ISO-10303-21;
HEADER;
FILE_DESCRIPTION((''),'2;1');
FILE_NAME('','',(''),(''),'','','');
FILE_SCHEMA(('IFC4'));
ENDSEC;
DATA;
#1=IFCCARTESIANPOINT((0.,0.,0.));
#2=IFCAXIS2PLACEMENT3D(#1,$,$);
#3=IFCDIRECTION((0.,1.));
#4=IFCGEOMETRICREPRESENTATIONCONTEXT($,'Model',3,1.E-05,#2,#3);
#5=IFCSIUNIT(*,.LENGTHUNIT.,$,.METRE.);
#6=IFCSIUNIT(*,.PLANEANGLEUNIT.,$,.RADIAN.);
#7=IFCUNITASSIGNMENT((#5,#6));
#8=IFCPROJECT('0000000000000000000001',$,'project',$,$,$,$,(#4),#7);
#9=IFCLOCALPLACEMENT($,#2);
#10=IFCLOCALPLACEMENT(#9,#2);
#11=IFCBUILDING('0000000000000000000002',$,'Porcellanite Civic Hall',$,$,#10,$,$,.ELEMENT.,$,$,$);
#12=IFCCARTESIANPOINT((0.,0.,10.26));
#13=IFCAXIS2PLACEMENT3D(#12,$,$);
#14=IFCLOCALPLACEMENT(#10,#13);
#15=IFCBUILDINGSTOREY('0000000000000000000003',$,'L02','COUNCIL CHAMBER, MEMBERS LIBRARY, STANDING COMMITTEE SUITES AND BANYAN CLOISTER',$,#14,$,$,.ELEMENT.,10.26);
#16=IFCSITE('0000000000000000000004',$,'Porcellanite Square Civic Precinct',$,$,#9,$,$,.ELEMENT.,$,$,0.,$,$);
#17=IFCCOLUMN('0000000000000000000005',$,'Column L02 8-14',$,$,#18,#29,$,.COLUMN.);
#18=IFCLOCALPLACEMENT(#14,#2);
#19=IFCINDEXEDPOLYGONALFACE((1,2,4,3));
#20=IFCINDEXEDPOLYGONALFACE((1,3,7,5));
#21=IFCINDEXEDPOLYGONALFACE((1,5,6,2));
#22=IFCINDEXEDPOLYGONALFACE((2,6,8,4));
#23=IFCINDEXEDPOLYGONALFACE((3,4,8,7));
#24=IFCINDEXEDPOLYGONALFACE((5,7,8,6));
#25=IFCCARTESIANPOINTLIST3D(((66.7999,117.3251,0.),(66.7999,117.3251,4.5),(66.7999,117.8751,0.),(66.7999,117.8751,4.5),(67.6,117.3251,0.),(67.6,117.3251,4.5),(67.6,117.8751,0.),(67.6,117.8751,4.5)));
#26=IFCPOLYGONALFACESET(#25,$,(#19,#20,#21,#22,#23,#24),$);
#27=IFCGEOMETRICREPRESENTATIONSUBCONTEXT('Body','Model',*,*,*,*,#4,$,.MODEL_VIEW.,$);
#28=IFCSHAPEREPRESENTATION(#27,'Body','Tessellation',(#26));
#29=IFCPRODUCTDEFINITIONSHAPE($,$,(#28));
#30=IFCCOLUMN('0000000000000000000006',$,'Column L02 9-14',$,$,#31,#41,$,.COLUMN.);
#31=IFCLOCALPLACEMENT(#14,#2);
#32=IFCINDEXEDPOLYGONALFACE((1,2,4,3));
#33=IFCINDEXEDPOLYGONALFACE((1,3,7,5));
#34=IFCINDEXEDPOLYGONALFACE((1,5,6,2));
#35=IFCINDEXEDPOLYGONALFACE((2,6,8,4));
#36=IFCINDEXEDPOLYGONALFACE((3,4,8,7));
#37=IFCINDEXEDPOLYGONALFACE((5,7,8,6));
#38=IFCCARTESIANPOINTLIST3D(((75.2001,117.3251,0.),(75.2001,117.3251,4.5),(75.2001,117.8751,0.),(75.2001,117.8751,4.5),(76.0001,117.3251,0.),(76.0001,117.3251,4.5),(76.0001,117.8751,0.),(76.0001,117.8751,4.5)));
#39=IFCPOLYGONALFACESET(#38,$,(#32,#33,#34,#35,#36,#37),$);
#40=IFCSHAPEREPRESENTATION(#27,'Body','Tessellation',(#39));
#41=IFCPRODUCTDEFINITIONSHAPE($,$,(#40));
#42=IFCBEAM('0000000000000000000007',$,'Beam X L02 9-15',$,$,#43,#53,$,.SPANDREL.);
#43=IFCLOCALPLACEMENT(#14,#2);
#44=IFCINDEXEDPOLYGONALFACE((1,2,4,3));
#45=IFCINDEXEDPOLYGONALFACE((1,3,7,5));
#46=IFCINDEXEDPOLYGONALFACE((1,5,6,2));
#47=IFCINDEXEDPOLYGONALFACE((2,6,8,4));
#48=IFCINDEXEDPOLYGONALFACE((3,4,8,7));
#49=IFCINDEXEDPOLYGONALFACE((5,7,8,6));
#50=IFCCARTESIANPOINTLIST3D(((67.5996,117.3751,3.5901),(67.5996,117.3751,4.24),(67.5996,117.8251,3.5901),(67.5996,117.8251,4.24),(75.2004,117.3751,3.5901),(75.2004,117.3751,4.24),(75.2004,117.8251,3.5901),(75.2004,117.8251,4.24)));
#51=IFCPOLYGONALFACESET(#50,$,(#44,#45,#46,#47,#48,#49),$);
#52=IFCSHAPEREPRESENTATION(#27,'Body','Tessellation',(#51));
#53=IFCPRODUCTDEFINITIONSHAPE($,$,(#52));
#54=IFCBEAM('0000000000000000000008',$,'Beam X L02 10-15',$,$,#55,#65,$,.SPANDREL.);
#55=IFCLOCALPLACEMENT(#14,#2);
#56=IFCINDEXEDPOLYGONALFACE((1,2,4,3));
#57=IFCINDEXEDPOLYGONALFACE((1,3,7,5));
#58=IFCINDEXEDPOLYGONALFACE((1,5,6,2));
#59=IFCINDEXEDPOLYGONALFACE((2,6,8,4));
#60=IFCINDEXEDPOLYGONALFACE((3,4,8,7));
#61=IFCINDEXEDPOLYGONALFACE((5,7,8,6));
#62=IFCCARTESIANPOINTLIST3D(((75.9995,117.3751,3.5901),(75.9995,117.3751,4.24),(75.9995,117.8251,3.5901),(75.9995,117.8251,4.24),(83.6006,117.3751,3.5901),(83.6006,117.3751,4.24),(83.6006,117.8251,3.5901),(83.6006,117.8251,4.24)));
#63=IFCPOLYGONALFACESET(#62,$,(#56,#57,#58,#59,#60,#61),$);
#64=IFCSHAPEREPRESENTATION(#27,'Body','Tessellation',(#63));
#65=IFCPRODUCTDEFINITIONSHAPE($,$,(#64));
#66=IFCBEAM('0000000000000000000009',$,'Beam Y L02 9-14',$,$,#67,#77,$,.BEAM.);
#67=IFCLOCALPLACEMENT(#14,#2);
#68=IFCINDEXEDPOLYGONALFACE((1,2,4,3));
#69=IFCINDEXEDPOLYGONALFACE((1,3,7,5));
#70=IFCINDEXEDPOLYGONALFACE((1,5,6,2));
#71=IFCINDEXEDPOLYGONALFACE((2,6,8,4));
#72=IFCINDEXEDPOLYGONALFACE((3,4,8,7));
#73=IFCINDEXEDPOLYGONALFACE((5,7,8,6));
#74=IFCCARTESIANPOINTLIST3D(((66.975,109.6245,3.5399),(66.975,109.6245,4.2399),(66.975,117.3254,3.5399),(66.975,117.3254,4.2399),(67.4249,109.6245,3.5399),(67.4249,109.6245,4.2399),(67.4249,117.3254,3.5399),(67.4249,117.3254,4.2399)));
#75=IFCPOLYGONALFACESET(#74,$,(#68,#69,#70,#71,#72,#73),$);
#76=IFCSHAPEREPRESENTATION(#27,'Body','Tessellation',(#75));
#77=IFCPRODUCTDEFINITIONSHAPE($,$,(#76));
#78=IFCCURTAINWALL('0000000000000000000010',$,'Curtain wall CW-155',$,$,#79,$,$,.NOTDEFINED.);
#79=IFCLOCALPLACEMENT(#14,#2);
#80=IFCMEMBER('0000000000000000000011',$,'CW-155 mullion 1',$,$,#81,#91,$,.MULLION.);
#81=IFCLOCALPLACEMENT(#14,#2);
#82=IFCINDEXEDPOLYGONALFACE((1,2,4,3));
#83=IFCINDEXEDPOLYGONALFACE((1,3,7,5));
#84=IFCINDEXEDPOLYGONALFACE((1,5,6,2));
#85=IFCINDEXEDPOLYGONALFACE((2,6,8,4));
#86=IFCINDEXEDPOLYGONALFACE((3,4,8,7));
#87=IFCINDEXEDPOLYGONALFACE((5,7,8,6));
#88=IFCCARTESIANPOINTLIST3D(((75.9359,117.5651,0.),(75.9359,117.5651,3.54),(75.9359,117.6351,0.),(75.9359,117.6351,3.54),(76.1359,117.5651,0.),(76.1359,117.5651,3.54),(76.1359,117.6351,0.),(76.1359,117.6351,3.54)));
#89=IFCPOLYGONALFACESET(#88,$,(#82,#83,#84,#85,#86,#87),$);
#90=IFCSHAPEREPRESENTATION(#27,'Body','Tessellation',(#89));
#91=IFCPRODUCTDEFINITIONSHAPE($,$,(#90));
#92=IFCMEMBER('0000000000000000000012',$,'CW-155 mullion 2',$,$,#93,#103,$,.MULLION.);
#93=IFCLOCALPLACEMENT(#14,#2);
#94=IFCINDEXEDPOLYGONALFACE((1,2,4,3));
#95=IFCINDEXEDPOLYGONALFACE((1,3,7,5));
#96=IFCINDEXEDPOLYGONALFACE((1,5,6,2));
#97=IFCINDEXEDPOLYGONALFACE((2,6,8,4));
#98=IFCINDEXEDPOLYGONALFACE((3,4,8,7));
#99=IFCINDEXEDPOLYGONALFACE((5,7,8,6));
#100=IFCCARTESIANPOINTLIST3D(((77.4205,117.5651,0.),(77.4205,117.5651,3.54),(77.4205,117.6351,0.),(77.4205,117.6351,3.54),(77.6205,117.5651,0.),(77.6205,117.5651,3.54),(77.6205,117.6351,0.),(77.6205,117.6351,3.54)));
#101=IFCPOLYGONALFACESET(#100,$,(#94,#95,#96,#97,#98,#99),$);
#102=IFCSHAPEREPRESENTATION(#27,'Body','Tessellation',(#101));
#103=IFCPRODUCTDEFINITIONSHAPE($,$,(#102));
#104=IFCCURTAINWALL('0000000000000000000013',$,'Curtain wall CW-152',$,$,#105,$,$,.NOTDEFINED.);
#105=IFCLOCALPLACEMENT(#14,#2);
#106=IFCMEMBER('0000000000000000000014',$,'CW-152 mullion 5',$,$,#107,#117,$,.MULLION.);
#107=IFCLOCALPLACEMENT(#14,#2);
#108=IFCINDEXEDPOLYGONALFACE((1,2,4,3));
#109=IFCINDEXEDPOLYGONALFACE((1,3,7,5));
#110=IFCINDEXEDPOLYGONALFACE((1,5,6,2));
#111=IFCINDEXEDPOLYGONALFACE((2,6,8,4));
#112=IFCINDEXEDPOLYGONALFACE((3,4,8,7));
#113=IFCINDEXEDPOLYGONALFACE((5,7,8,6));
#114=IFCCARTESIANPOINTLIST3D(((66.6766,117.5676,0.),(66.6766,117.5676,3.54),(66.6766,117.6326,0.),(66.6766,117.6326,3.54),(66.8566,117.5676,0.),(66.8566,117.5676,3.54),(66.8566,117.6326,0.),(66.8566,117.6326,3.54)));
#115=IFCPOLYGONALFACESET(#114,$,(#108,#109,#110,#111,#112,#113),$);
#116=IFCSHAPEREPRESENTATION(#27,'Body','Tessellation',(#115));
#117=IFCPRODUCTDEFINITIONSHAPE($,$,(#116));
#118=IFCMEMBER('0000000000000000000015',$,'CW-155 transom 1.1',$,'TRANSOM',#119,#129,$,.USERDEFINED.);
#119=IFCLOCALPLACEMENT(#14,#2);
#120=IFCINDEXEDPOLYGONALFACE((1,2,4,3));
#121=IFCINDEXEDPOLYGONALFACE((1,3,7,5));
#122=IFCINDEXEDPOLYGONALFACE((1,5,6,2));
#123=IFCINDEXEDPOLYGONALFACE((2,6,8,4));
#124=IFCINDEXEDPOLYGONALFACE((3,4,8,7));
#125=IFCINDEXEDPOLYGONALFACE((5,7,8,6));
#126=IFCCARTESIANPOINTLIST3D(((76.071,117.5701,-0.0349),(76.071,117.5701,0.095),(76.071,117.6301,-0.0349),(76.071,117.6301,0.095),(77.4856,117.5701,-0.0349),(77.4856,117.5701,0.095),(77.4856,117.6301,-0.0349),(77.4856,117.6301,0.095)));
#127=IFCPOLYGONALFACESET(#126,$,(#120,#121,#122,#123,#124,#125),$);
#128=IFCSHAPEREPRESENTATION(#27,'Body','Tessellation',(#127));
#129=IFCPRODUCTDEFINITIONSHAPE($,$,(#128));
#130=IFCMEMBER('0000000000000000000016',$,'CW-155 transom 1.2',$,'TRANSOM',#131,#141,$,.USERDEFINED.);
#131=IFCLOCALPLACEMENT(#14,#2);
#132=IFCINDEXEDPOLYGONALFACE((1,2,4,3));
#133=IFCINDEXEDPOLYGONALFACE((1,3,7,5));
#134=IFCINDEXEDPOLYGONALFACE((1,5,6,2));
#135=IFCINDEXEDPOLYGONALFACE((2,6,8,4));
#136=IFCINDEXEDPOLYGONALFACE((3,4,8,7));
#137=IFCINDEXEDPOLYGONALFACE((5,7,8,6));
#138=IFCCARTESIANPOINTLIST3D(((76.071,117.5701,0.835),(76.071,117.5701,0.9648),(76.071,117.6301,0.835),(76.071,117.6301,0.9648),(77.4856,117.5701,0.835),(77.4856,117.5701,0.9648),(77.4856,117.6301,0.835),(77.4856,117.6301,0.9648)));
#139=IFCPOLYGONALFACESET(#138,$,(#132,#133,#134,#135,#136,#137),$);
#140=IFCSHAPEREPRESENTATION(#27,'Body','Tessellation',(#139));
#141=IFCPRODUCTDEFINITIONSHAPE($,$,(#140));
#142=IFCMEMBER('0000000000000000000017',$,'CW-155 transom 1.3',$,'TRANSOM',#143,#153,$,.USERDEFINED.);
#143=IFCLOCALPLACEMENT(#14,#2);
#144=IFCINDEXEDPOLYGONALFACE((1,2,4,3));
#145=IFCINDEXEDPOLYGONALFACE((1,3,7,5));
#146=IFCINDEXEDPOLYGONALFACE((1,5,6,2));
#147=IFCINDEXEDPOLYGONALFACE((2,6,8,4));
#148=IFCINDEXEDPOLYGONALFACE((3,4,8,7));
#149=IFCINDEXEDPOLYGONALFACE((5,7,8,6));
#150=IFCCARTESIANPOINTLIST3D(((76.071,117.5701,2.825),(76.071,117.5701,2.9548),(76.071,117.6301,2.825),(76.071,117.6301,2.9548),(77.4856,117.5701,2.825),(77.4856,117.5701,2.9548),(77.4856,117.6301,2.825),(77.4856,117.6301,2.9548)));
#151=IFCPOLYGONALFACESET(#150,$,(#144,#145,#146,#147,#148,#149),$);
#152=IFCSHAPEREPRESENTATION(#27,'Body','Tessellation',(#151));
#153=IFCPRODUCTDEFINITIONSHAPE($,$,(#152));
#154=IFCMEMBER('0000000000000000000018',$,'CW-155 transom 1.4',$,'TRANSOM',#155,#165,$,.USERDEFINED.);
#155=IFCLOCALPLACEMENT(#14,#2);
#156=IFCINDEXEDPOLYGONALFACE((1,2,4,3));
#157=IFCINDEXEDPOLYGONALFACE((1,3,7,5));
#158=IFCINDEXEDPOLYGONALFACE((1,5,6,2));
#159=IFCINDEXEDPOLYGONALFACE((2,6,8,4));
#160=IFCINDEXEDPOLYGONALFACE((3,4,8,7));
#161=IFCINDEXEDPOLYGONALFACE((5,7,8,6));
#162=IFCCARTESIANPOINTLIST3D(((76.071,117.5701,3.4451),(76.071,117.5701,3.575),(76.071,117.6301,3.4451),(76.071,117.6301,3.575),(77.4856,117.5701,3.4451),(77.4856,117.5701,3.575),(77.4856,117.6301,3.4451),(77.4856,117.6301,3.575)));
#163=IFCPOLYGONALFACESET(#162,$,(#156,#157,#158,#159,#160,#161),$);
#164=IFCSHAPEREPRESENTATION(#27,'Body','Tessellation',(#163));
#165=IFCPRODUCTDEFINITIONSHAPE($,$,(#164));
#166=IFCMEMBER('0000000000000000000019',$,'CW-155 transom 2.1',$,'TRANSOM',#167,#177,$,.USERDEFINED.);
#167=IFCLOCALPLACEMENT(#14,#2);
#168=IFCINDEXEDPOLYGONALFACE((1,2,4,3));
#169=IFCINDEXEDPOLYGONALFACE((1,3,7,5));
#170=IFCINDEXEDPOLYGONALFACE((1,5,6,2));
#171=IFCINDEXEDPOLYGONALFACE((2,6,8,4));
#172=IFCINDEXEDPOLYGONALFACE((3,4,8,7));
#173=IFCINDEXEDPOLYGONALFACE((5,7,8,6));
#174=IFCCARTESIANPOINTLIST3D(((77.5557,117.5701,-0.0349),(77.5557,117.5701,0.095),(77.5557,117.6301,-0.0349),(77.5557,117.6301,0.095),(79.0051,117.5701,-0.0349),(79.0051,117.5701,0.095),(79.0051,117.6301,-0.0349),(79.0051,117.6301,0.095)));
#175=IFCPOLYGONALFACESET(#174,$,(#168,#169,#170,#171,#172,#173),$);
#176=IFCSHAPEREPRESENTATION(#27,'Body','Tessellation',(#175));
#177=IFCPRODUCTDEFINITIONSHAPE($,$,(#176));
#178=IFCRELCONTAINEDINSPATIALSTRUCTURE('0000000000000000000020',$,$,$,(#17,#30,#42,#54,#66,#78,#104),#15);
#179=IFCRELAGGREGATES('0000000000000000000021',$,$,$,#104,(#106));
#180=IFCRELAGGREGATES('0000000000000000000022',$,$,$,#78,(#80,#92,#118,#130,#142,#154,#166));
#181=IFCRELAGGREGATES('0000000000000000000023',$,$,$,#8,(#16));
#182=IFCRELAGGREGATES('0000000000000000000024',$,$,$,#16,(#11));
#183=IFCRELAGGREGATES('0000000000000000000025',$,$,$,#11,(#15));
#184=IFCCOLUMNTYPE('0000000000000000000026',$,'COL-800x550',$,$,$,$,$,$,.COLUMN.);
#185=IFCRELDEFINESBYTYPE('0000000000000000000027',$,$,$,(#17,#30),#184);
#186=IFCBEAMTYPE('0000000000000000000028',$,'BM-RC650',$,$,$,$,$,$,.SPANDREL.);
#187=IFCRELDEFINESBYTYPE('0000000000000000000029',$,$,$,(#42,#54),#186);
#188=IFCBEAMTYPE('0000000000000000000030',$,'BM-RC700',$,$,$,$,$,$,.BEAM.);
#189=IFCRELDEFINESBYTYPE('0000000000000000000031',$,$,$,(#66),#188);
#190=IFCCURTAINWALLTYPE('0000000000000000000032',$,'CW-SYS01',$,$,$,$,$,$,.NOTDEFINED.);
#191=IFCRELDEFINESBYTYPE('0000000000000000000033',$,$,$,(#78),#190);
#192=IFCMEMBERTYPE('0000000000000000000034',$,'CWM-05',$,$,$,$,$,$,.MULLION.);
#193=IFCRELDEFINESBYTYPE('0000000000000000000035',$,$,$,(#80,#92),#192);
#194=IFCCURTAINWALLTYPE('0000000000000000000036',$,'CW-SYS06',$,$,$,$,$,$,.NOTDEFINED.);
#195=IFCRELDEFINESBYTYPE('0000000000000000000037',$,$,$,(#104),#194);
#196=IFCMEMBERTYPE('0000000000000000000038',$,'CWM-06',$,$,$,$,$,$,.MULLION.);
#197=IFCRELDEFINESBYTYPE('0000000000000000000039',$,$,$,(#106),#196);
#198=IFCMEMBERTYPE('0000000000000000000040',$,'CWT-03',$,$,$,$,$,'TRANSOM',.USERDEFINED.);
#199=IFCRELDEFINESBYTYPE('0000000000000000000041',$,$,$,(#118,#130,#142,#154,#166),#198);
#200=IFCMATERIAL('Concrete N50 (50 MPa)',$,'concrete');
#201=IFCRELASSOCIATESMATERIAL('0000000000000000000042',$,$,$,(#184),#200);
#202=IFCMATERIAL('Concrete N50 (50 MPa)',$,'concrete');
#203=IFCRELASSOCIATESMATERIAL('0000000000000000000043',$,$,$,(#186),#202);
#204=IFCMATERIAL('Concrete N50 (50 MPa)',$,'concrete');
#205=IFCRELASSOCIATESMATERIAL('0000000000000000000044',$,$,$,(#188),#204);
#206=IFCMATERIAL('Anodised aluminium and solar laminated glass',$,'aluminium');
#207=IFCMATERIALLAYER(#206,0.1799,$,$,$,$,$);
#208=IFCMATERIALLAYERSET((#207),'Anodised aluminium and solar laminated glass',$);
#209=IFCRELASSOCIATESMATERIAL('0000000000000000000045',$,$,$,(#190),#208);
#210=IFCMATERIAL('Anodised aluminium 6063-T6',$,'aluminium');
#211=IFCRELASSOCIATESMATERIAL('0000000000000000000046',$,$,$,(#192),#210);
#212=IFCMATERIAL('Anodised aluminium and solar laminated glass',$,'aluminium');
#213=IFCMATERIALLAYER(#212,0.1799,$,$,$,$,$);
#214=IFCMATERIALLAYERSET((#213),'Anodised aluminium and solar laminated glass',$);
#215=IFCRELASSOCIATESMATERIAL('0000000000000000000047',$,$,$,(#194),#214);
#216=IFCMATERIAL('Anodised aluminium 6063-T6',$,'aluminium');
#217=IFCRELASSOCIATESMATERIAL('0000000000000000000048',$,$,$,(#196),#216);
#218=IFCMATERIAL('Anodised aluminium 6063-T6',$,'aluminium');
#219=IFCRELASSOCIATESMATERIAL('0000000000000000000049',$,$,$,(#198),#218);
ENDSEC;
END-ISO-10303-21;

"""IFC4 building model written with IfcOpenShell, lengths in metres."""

from ifc_helpers import new_model, si_unit, direction, frame, origin, origin_2d, place, context, subcontext, project, spatial, rectangle, extrude, material, layer, layer_set, material_profile, profile_set, type_object, element, aggregate, save


model = new_model("IFC4")

# Units and contexts
model_context = context("Model", 3, precision=1e-05, world=origin(), true_north=direction((0.0, 1.0)))
body_context = subcontext(model_context, "Body", "Model", "MODEL_VIEW")
ifc_project = project(units=[si_unit("LENGTHUNIT", "METRE"), si_unit("PLANEANGLEUNIT", "RADIAN")], contexts=[model_context])

# Site, building, storey
site_placement = place(None, origin())
site = spatial("IfcSite", under=ifc_project, at=site_placement, Name="Porcellanite Square Civic Precinct", CompositionType="ELEMENT", RefElevation=0.0)
building_placement = place(site_placement, origin())
building = spatial("IfcBuilding", under=site, at=building_placement, Name="Porcellanite Civic Hall", CompositionType="ELEMENT")
storey_placement = place(building_placement, frame((0.0, 0.0, 10.26)))
storey = spatial("IfcBuildingStorey", under=building, at=storey_placement, Name="L02", Description="COUNCIL CHAMBER, MEMBERS LIBRARY, STANDING COMMITTEE SUITES AND BANYAN CLOISTER", CompositionType="ELEMENT", Elevation=10.26)

# Columns
ifc_material_1 = material(Name="Concrete N50 (50 MPa)", Category="concrete")
ifc_material_profile_1 = material_profile(ifc_material_1, rectangle(XDim=0.8, YDim=0.55, at=origin_2d()), Name="RC-800x550")
ifc_profile_set_1 = profile_set([ifc_material_profile_1], Name="Concrete N50 (50 MPa)")
column_type = type_object("IfcColumnType", Name="COL-800x550", PredefinedType="COLUMN", material=ifc_profile_set_1)
for number, where, z_axis, x_axis, name in (
    (1, (67.2, 117.6001, 0.0), (0.0, 0.0, 1.0), (1.0, 0.0, 0.0), "Column L02 8-14"),
    (2, (75.6001, 117.6001, 0.0), (0.0, 0.0, 1.0), (1.0, 0.0, 0.0), "Column L02 9-14"),
):
    element("IfcColumn", number, at=place(storey_placement, frame(where, z_axis=z_axis, x_axis=x_axis)), inside=storey, type_object=column_type, Name=name, PredefinedType="COLUMN", context=body_context, shape_type="SweptSolid", body=[
        extrude(rectangle(XDim=0.8, YDim=0.55, at=origin_2d()), origin(), (0.0, 0.0, 1.0), 4.5),
    ])

# Beams
ifc_material_2 = material(Name="Concrete N50 (50 MPa)", Category="concrete")
ifc_material_profile_2 = material_profile(ifc_material_2, rectangle(XDim=0.45, YDim=0.6499, at=origin_2d()), Name="RC-450x650")
ifc_profile_set_2 = profile_set([ifc_material_profile_2], Name="Concrete N50 (50 MPa)")
beam_type_1 = type_object("IfcBeamType", Name="BM-RC650", PredefinedType="SPANDREL", material=ifc_profile_set_2)
beam_1_placement = place(storey_placement, frame((67.5996, 117.6001, 3.915), z_axis=(1.0, 0.0, 0.0), x_axis=(0.0, 1.0, 0.0)))
element("IfcBeam", 3, at=beam_1_placement, inside=storey, type_object=beam_type_1, Name="Beam X L02 9-15", PredefinedType="SPANDREL", context=body_context, shape_type="SweptSolid", body=[
    extrude(rectangle(XDim=0.45, YDim=0.6499, at=origin_2d()), origin(), (0.0, 0.0, 1.0), 7.6008),
])
beam_2_placement = place(storey_placement, frame((75.9995, 117.6001, 3.915), z_axis=(1.0, 0.0, 0.0), x_axis=(0.0, 1.0, 0.0)))
element("IfcBeam", 4, at=beam_2_placement, inside=storey, type_object=beam_type_1, Name="Beam X L02 10-15", PredefinedType="SPANDREL", context=body_context, shape_type="SweptSolid", body=[
    extrude(rectangle(XDim=0.45, YDim=0.6499, at=origin_2d()), origin(), (0.0, 0.0, 1.0), 7.6011),
])
ifc_material_3 = material(Name="Concrete N50 (50 MPa)", Category="concrete")
ifc_material_profile_3 = material_profile(ifc_material_3, rectangle(XDim=0.45, YDim=0.7, at=origin_2d()), Name="RC-450x700")
ifc_profile_set_3 = profile_set([ifc_material_profile_3], Name="Concrete N50 (50 MPa)")
beam_type_2 = type_object("IfcBeamType", Name="BM-RC700", PredefinedType="BEAM", material=ifc_profile_set_3)
beam_3_placement = place(storey_placement, frame((67.2, 109.6245, 3.8899), z_axis=(0.0, 1.0, 0.0), x_axis=(-1.0, 0.0, 0.0)))
element("IfcBeam", 5, at=beam_3_placement, inside=storey, type_object=beam_type_2, Name="Beam Y L02 9-14", PredefinedType="BEAM", context=body_context, shape_type="SweptSolid", body=[
    extrude(rectangle(XDim=0.45, YDim=0.7, at=origin_2d()), origin(), (0.0, 0.0, 1.0), 7.7009),
])

# Curtain wall, members
ifc_material_4 = material(Name="Anodised aluminium and solar laminated glass", Category="aluminium")
ifc_layer_1 = layer(ifc_material_4, 0.1799)
ifc_layer_set_1 = layer_set([ifc_layer_1], Name="Anodised aluminium and solar laminated glass")
curtain_wall_type_1 = type_object("IfcCurtainWallType", Name="CW-SYS01", PredefinedType="NOTDEFINED", material=ifc_layer_set_1)
curtain_wall_1_placement = place(storey_placement, origin())
curtain_wall_1 = element("IfcCurtainWall", 6, at=curtain_wall_1_placement, inside=storey, type_object=curtain_wall_type_1, Name="Curtain wall CW-155", PredefinedType="NOTDEFINED")
ifc_material_5 = material(Name="Anodised aluminium 6063-T6", Category="aluminium")
ifc_material_profile_4 = material_profile(ifc_material_5, rectangle(XDim=0.0701, YDim=0.2, at=origin_2d()), Name="AL-70x200")
ifc_profile_set_4 = profile_set([ifc_material_profile_4], Name="Anodised aluminium 6063-T6")
member_type_1 = type_object("IfcMemberType", Name="CWM-05", PredefinedType="MULLION", material=ifc_profile_set_4)
member_1_placement = place(storey_placement, frame((76.0359, 117.6001, 0.0), z_axis=(0.0, 0.0, 1.0), x_axis=(0.0, 1.0, 0.0)))
member_1 = element("IfcMember", 7, at=member_1_placement, type_object=member_type_1, Name="CW-155 mullion 1", PredefinedType="MULLION", context=body_context, shape_type="SweptSolid", body=[
    extrude(rectangle(XDim=0.0701, YDim=0.2, at=origin_2d()), origin(), (0.0, 0.0, 1.0), 3.54),
])
member_2_placement = place(storey_placement, frame((77.5205, 117.6001, 0.0), z_axis=(0.0, 0.0, 1.0), x_axis=(0.0, 1.0, 0.0)))
member_2 = element("IfcMember", 8, at=member_2_placement, type_object=member_type_1, Name="CW-155 mullion 2", PredefinedType="MULLION", context=body_context, shape_type="SweptSolid", body=[
    extrude(rectangle(XDim=0.0701, YDim=0.2, at=origin_2d()), origin(), (0.0, 0.0, 1.0), 3.54),
])

# Curtain wall, member
ifc_material_6 = material(Name="Anodised aluminium and solar laminated glass", Category="aluminium")
ifc_layer_2 = layer(ifc_material_6, 0.1799)
ifc_layer_set_2 = layer_set([ifc_layer_2], Name="Anodised aluminium and solar laminated glass")
curtain_wall_type_2 = type_object("IfcCurtainWallType", Name="CW-SYS06", PredefinedType="NOTDEFINED", material=ifc_layer_set_2)
curtain_wall_2_placement = place(storey_placement, origin())
curtain_wall_2 = element("IfcCurtainWall", 9, at=curtain_wall_2_placement, inside=storey, type_object=curtain_wall_type_2, Name="Curtain wall CW-152", PredefinedType="NOTDEFINED")
ifc_material_7 = material(Name="Anodised aluminium 6063-T6", Category="aluminium")
ifc_material_profile_5 = material_profile(ifc_material_7, rectangle(XDim=0.0649, YDim=0.1799, at=origin_2d()), Name="AL-65x180")
ifc_profile_set_5 = profile_set([ifc_material_profile_5], Name="Anodised aluminium 6063-T6")
member_type_2 = type_object("IfcMemberType", Name="CWM-06", PredefinedType="MULLION", material=ifc_profile_set_5)
member_3_placement = place(storey_placement, frame((66.7666, 117.6001, 0.0), z_axis=(0.0, 0.0, 1.0), x_axis=(0.0, 1.0, 0.0)))
member_3 = element("IfcMember", 10, at=member_3_placement, type_object=member_type_2, Name="CW-152 mullion 5", PredefinedType="MULLION", context=body_context, shape_type="SweptSolid", body=[
    extrude(rectangle(XDim=0.0649, YDim=0.1799, at=origin_2d()), origin(), (0.0, 0.0, 1.0), 3.54),
])

# Members
ifc_material_8 = material(Name="Anodised aluminium 6063-T6", Category="aluminium")
ifc_material_profile_6 = material_profile(ifc_material_8, rectangle(XDim=0.0601, YDim=0.1299, at=origin_2d()), Name="AL-60x130")
ifc_profile_set_6 = profile_set([ifc_material_profile_6], Name="Anodised aluminium 6063-T6")
member_type_3 = type_object("IfcMemberType", Name="CWT-03", ElementType="TRANSOM", PredefinedType="USERDEFINED", material=ifc_profile_set_6)
member_4_placement = place(storey_placement, frame((76.071, 117.6001, 0.03), z_axis=(1.0, 0.0, 0.0), x_axis=(0.0, 1.0, 0.0)))
member_4 = element("IfcMember", 11, at=member_4_placement, type_object=member_type_3, Name="CW-155 transom 1.1", ObjectType="TRANSOM", PredefinedType="USERDEFINED", context=body_context, shape_type="SweptSolid", body=[
    extrude(rectangle(XDim=0.0601, YDim=0.1299, at=origin_2d()), origin(), (0.0, 0.0, 1.0), 1.4146),
])
member_5_placement = place(storey_placement, frame((76.071, 117.6001, 0.8999), z_axis=(1.0, 0.0, 0.0), x_axis=(0.0, 1.0, 0.0)))
member_5 = element("IfcMember", 12, at=member_5_placement, type_object=member_type_3, Name="CW-155 transom 1.2", ObjectType="TRANSOM", PredefinedType="USERDEFINED", context=body_context, shape_type="SweptSolid", body=[
    extrude(rectangle(XDim=0.0601, YDim=0.1299, at=origin_2d()), origin(), (0.0, 0.0, 1.0), 1.4146),
])
member_6_placement = place(storey_placement, frame((76.071, 117.6001, 2.8899), z_axis=(1.0, 0.0, 0.0), x_axis=(0.0, 1.0, 0.0)))
member_6 = element("IfcMember", 13, at=member_6_placement, type_object=member_type_3, Name="CW-155 transom 1.3", ObjectType="TRANSOM", PredefinedType="USERDEFINED", context=body_context, shape_type="SweptSolid", body=[
    extrude(rectangle(XDim=0.0601, YDim=0.1299, at=origin_2d()), origin(), (0.0, 0.0, 1.0), 1.4146),
])
member_7_placement = place(storey_placement, frame((76.071, 117.6001, 3.51), z_axis=(1.0, 0.0, 0.0), x_axis=(0.0, 1.0, 0.0)))
member_7 = element("IfcMember", 14, at=member_7_placement, type_object=member_type_3, Name="CW-155 transom 1.4", ObjectType="TRANSOM", PredefinedType="USERDEFINED", context=body_context, shape_type="SweptSolid", body=[
    extrude(rectangle(XDim=0.0601, YDim=0.1299, at=origin_2d()), origin(), (0.0, 0.0, 1.0), 1.4146),
])
member_8_placement = place(storey_placement, frame((77.5557, 117.6001, 0.03), z_axis=(1.0, 0.0, 0.0), x_axis=(0.0, 1.0, 0.0)))
member_8 = element("IfcMember", 15, at=member_8_placement, type_object=member_type_3, Name="CW-155 transom 2.1", ObjectType="TRANSOM", PredefinedType="USERDEFINED", context=body_context, shape_type="SweptSolid", body=[
    extrude(rectangle(XDim=0.0601, YDim=0.1299, at=origin_2d()), origin(), (0.0, 0.0, 1.0), 1.4495),
])

aggregate(curtain_wall_2, [member_3])
aggregate(curtain_wall_1, [member_1, member_2, member_4, member_5, member_6, member_7, member_8])

save(model, "model.ifc")
